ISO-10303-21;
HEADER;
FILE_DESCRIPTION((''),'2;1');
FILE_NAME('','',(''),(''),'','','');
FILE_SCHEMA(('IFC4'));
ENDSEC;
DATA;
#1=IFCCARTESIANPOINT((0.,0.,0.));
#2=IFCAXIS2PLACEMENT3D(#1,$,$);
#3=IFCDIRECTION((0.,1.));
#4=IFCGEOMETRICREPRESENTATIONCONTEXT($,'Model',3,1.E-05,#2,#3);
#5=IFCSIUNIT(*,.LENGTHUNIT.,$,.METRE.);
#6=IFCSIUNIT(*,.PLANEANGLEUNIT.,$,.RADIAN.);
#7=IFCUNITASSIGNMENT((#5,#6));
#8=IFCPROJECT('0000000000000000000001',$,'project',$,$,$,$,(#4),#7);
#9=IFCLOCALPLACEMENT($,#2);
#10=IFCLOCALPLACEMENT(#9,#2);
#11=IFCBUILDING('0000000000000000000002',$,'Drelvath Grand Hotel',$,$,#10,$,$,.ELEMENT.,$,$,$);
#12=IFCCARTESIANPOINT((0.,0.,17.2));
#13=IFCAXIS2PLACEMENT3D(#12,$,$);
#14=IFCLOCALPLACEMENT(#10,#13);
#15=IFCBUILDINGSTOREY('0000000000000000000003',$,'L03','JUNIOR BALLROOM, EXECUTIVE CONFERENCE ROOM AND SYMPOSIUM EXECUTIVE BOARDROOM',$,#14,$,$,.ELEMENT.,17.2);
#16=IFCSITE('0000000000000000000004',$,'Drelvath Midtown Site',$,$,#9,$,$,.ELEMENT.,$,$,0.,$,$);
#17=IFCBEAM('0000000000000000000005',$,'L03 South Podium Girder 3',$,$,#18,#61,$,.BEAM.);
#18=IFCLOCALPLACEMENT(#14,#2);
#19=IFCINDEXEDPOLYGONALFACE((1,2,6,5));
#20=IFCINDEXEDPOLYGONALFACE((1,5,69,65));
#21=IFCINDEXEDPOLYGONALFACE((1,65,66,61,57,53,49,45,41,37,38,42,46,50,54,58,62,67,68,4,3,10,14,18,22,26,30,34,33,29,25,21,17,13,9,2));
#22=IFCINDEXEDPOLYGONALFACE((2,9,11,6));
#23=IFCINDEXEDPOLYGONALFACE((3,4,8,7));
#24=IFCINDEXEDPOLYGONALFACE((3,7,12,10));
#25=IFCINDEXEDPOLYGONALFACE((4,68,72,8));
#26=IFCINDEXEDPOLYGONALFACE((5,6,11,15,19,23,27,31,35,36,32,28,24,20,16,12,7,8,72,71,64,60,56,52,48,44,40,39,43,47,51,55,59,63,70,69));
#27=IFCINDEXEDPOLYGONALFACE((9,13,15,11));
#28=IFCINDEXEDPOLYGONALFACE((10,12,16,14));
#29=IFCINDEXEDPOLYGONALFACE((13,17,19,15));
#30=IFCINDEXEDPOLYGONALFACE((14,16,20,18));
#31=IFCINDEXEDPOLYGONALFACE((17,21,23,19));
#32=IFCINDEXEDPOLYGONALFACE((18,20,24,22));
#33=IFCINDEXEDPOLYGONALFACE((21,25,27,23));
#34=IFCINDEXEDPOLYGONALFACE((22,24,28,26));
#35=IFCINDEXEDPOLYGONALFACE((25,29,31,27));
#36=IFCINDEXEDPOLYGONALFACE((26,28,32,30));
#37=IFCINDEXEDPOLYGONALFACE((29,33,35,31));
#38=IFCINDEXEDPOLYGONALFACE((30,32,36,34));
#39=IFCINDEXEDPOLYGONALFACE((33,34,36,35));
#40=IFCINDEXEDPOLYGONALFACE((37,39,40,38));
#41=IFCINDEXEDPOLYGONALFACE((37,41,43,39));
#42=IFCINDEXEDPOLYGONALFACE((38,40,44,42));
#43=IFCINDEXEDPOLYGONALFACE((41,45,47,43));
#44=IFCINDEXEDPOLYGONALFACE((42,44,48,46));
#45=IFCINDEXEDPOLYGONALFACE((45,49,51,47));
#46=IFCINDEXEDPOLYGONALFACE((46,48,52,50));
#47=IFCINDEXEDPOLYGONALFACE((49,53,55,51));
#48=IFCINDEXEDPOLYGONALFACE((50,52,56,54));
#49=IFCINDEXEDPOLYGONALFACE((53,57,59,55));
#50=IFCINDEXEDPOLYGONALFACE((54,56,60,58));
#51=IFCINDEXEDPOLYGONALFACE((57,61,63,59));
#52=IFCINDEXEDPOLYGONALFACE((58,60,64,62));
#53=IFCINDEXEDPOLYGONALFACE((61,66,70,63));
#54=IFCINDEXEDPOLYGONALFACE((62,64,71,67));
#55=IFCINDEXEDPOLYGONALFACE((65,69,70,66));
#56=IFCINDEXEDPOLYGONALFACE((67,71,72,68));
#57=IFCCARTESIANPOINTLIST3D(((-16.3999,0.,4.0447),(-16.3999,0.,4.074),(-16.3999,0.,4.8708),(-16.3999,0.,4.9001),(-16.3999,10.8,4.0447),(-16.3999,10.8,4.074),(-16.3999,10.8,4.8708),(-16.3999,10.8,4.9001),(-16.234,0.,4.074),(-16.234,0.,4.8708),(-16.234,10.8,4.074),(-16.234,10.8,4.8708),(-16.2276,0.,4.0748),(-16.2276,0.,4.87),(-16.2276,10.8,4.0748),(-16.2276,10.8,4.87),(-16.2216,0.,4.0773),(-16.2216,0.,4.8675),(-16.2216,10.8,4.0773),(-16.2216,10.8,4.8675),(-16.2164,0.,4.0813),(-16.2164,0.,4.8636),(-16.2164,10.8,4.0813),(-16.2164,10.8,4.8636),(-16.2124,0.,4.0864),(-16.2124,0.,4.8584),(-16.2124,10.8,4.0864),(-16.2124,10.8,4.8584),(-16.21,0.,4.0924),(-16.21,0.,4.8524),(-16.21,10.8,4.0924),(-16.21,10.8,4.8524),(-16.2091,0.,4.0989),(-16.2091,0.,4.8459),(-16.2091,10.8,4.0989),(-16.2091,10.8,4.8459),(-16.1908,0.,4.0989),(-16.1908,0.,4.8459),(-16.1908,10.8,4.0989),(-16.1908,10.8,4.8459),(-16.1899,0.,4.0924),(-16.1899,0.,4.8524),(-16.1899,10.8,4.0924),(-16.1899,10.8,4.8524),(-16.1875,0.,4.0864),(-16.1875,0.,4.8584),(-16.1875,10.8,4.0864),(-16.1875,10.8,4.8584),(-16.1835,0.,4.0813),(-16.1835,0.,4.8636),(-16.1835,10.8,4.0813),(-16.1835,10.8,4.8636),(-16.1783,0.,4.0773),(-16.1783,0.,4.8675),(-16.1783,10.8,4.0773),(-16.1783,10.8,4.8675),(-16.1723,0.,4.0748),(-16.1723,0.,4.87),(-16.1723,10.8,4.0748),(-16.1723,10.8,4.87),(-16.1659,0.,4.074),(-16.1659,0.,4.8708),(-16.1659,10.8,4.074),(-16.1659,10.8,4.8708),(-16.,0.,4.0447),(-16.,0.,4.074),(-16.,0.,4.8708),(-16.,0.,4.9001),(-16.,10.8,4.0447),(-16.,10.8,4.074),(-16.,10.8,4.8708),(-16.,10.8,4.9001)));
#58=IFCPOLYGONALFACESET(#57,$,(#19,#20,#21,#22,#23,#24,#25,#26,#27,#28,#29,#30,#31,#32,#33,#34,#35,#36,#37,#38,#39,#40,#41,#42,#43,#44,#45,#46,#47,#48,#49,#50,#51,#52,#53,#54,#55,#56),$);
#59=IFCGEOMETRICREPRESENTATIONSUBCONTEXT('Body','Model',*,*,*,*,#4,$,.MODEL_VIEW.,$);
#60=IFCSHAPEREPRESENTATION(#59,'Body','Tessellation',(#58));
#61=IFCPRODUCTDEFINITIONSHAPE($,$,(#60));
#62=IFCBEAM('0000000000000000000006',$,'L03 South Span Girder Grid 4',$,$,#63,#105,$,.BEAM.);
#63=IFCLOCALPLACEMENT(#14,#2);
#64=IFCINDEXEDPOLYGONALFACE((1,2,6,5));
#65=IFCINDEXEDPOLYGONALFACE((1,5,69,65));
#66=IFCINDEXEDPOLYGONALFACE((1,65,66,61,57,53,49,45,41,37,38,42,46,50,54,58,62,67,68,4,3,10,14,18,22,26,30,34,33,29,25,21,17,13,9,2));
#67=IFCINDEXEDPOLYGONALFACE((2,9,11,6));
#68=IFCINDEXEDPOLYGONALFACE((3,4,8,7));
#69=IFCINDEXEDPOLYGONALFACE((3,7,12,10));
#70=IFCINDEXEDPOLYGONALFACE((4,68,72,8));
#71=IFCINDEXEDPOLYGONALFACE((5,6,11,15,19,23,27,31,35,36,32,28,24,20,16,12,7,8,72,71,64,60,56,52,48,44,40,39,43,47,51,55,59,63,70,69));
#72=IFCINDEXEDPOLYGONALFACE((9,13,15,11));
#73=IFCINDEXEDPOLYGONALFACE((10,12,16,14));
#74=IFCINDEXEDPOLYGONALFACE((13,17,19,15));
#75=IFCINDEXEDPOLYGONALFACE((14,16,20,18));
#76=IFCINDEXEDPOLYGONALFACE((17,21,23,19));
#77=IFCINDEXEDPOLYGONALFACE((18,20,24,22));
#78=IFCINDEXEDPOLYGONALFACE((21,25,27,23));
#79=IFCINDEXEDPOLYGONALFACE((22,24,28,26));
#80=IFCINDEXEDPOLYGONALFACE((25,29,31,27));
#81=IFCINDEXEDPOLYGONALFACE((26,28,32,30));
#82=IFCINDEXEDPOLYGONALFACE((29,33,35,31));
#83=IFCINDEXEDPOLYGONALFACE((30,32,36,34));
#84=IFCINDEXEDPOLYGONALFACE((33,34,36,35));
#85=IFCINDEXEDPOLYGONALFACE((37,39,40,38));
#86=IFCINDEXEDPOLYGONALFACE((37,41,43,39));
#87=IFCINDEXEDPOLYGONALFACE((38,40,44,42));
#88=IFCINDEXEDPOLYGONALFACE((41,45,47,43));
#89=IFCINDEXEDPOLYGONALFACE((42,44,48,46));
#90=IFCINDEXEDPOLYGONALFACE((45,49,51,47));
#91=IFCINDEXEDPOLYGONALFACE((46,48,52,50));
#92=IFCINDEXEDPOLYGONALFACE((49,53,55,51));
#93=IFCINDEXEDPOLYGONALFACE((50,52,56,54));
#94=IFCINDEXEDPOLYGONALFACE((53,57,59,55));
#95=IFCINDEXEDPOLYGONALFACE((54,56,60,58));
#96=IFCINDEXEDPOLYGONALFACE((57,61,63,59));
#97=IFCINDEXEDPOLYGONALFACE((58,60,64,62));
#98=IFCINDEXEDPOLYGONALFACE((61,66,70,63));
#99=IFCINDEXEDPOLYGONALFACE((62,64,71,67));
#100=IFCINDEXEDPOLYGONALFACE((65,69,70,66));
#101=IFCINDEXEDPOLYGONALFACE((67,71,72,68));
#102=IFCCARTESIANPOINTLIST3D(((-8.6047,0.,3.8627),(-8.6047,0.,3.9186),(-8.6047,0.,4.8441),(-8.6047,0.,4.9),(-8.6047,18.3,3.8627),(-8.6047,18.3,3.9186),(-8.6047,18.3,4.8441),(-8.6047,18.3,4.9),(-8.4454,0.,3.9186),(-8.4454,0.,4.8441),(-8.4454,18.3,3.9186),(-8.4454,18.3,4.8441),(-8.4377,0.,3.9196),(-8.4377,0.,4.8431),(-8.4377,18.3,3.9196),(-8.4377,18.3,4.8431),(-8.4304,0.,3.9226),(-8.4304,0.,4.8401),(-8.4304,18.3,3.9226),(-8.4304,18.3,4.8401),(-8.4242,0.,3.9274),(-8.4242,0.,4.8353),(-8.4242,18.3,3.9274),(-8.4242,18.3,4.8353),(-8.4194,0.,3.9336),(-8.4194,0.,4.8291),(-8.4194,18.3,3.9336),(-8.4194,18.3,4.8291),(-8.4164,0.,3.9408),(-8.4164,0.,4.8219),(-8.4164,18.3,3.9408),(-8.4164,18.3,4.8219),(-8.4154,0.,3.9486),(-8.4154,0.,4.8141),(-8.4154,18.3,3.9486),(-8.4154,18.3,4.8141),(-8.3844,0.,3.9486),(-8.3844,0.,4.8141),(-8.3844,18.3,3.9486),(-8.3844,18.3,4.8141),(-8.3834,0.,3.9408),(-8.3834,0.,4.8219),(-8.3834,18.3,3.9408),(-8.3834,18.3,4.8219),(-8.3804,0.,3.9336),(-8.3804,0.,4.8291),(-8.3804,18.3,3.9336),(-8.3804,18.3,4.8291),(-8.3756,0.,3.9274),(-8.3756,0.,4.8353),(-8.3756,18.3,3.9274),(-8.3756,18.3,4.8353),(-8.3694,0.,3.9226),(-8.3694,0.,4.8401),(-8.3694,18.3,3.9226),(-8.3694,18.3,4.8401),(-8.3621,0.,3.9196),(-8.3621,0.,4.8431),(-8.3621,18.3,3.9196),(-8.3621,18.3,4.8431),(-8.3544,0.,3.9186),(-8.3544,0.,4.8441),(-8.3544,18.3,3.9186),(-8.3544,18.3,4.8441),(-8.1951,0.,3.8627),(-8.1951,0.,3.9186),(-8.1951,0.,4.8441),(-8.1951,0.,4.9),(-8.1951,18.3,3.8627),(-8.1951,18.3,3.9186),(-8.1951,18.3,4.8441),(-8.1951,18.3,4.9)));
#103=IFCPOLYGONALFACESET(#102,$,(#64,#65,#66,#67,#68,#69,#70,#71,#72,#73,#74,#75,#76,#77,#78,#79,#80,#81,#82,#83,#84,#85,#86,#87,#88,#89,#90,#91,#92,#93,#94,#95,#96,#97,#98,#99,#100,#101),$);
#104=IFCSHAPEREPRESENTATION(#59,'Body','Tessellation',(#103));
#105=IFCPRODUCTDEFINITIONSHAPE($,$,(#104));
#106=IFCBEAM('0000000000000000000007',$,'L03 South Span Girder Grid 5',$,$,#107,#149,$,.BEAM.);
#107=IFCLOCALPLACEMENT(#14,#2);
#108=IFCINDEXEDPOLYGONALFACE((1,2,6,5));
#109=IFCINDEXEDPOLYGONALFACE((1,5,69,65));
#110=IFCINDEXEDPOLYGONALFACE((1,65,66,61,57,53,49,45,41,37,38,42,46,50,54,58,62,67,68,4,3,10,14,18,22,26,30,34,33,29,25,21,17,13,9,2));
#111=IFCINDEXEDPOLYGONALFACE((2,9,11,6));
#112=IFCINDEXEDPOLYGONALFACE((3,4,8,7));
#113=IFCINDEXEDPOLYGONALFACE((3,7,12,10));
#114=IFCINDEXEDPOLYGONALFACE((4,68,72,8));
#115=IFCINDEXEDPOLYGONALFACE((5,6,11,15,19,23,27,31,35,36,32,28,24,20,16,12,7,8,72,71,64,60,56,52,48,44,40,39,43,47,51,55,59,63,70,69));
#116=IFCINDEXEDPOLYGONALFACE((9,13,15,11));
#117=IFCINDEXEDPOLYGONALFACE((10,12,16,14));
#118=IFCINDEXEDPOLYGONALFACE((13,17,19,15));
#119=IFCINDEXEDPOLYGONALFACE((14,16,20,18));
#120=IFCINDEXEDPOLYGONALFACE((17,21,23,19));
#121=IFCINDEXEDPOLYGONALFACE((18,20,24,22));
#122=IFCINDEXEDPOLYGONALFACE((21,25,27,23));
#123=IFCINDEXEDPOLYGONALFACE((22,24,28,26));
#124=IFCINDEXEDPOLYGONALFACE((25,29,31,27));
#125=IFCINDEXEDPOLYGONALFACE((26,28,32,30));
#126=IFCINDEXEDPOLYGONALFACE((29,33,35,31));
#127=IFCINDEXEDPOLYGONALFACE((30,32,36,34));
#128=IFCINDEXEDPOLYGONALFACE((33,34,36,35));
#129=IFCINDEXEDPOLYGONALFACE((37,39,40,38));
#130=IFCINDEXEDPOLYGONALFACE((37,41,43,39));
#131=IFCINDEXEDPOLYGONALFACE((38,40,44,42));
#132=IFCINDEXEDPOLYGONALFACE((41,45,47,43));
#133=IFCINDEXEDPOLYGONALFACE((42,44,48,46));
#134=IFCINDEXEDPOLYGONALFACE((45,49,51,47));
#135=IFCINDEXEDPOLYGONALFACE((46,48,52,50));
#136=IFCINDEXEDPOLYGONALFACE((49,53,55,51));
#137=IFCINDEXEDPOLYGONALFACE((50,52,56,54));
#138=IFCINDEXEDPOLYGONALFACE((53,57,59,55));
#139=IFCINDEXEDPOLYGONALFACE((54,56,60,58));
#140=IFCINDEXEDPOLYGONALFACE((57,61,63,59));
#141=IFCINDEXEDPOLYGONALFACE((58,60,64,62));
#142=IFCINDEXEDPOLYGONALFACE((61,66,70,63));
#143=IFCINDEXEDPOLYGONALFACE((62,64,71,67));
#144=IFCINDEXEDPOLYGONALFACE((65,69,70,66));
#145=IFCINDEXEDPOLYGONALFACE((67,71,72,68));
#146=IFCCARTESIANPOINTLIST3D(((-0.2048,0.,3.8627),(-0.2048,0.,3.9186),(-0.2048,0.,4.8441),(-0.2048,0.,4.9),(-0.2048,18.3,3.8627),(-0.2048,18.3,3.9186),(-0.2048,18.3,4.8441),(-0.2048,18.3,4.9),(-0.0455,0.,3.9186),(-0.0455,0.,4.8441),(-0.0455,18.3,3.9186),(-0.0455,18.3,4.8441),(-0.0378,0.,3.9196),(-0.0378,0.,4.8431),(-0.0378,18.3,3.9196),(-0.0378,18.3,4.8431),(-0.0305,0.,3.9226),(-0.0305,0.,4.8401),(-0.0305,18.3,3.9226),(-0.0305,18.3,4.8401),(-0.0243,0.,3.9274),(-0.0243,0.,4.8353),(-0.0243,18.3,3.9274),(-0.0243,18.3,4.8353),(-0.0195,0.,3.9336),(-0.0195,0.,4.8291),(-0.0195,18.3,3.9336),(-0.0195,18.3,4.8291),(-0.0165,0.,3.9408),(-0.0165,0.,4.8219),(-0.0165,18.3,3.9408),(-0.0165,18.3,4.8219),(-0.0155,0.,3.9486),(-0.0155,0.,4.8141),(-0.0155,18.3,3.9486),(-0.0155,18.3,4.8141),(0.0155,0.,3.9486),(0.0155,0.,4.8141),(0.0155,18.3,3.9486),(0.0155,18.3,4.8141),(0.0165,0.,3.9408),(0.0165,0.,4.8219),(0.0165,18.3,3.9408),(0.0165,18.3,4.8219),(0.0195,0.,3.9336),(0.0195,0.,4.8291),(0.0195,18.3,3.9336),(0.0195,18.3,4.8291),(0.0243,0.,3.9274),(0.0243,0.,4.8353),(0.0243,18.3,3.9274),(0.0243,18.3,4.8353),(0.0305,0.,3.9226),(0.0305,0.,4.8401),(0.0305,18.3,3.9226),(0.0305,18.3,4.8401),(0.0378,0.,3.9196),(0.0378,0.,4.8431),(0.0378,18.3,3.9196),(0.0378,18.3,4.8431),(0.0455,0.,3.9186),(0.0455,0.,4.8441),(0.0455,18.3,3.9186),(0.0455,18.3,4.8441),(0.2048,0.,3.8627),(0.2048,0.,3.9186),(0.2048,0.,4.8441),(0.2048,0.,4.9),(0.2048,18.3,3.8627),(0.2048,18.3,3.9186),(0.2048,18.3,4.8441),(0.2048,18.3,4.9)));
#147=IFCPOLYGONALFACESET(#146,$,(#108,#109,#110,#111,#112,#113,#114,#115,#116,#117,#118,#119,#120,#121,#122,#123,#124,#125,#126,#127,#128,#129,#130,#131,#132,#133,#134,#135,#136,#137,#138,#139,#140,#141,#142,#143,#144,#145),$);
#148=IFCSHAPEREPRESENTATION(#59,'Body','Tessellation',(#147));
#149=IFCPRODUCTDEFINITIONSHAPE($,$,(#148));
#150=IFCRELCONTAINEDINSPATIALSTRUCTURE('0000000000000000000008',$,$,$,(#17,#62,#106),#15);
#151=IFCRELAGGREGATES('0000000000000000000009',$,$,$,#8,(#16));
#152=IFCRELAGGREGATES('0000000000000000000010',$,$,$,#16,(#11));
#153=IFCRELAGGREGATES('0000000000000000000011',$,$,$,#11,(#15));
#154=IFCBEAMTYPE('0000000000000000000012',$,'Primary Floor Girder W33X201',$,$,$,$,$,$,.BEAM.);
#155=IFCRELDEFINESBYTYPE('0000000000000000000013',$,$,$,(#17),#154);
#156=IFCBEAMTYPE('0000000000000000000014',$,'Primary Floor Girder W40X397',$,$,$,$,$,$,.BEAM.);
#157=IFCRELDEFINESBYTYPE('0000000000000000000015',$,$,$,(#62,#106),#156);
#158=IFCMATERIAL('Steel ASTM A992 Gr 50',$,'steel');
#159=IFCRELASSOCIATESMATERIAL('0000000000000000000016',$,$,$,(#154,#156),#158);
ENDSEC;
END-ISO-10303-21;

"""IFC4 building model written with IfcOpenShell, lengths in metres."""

from ifc_helpers import new_model, si_unit, direction, frame, origin, origin_2d, place, context, subcontext, project, spatial, i_section, extrude, material, material_profile, profile_set, type_object, element, save


model = new_model("IFC4")

# Units and contexts
model_context = context("Model", 3, precision=1e-05, world=origin(), true_north=direction((0.0, 1.0)))
body_context = subcontext(model_context, "Body", "Model", "MODEL_VIEW")
ifc_project = project(units=[si_unit("LENGTHUNIT", "METRE"), si_unit("PLANEANGLEUNIT", "RADIAN")], contexts=[model_context])

# Site, building, storey
site_placement = place(None, origin())
site = spatial("IfcSite", under=ifc_project, at=site_placement, Name="Drelvath Midtown Site", CompositionType="ELEMENT", RefElevation=0.0)
building_placement = place(site_placement, origin())
building = spatial("IfcBuilding", under=site, at=building_placement, Name="Drelvath Grand Hotel", CompositionType="ELEMENT")
storey_placement = place(building_placement, frame((0.0, 0.0, 17.2)))
storey = spatial("IfcBuildingStorey", under=building, at=storey_placement, Name="L03", Description="JUNIOR BALLROOM, EXECUTIVE CONFERENCE ROOM AND SYMPOSIUM EXECUTIVE BOARDROOM", CompositionType="ELEMENT", Elevation=17.2)

# Beams
ifc_material_1 = material(Name="Steel ASTM A992 Gr 50", Category="steel")
ifc_material_profile_1 = material_profile(ifc_material_1, i_section(OverallWidth=0.3999, OverallDepth=0.8555, WebThickness=0.0183, FlangeThickness=0.0293, FilletRadius=0.0249, at=origin_2d()), Name="W33X201")
ifc_profile_set_1 = profile_set([ifc_material_profile_1], Name="Steel ASTM A992 Gr 50")
beam_type_1 = type_object("IfcBeamType", Name="Primary Floor Girder W33X201", PredefinedType="BEAM", material=ifc_profile_set_1)
beam_placement = place(storey_placement, frame((-16.2, 0.0, 4.4724), z_axis=(0.0, 1.0, 0.0), x_axis=(-1.0, 0.0, 0.0)))
element("IfcBeam", 1, at=beam_placement, inside=storey, type_object=beam_type_1, Name="L03 South Podium Girder 3", PredefinedType="BEAM", context=body_context, shape_type="SweptSolid", body=[
    extrude(i_section(OverallWidth=0.3999, OverallDepth=0.8555, WebThickness=0.0183, FlangeThickness=0.0293, FilletRadius=0.0249, at=origin_2d()), origin(), (0.0, 0.0, 1.0), 10.8),
])
ifc_material_profile_2 = material_profile(ifc_material_1, i_section(OverallWidth=0.4097, OverallDepth=1.0374, WebThickness=0.031, FlangeThickness=0.0559, FilletRadius=0.03, at=origin_2d()), Name="W40X397")
ifc_profile_set_2 = profile_set([ifc_material_profile_2], Name="Steel ASTM A992 Gr 50")
beam_type_2 = type_object("IfcBeamType", Name="Primary Floor Girder W40X397", PredefinedType="BEAM", material=ifc_profile_set_2)
for number, where, z_axis, x_axis, name in (
    (2, (-8.3999, 0.0, 4.3813), (0.0, 1.0, 0.0), (-1.0, 0.0, 0.0), "L03 South Span Girder Grid 4"),
    (3, (0.0, 0.0, 4.3813), (0.0, 1.0, 0.0), (-1.0, 0.0, 0.0), "L03 South Span Girder Grid 5"),
):
    element("IfcBeam", number, at=place(storey_placement, frame(where, z_axis=z_axis, x_axis=x_axis)), inside=storey, type_object=beam_type_2, Name=name, PredefinedType="BEAM", context=body_context, shape_type="SweptSolid", body=[
        extrude(i_section(OverallWidth=0.4097, OverallDepth=1.0374, WebThickness=0.031, FlangeThickness=0.0559, FilletRadius=0.03, at=origin_2d()), origin(), (0.0, 0.0, 1.0), 18.3),
    ])

save(model, "model.ifc")
